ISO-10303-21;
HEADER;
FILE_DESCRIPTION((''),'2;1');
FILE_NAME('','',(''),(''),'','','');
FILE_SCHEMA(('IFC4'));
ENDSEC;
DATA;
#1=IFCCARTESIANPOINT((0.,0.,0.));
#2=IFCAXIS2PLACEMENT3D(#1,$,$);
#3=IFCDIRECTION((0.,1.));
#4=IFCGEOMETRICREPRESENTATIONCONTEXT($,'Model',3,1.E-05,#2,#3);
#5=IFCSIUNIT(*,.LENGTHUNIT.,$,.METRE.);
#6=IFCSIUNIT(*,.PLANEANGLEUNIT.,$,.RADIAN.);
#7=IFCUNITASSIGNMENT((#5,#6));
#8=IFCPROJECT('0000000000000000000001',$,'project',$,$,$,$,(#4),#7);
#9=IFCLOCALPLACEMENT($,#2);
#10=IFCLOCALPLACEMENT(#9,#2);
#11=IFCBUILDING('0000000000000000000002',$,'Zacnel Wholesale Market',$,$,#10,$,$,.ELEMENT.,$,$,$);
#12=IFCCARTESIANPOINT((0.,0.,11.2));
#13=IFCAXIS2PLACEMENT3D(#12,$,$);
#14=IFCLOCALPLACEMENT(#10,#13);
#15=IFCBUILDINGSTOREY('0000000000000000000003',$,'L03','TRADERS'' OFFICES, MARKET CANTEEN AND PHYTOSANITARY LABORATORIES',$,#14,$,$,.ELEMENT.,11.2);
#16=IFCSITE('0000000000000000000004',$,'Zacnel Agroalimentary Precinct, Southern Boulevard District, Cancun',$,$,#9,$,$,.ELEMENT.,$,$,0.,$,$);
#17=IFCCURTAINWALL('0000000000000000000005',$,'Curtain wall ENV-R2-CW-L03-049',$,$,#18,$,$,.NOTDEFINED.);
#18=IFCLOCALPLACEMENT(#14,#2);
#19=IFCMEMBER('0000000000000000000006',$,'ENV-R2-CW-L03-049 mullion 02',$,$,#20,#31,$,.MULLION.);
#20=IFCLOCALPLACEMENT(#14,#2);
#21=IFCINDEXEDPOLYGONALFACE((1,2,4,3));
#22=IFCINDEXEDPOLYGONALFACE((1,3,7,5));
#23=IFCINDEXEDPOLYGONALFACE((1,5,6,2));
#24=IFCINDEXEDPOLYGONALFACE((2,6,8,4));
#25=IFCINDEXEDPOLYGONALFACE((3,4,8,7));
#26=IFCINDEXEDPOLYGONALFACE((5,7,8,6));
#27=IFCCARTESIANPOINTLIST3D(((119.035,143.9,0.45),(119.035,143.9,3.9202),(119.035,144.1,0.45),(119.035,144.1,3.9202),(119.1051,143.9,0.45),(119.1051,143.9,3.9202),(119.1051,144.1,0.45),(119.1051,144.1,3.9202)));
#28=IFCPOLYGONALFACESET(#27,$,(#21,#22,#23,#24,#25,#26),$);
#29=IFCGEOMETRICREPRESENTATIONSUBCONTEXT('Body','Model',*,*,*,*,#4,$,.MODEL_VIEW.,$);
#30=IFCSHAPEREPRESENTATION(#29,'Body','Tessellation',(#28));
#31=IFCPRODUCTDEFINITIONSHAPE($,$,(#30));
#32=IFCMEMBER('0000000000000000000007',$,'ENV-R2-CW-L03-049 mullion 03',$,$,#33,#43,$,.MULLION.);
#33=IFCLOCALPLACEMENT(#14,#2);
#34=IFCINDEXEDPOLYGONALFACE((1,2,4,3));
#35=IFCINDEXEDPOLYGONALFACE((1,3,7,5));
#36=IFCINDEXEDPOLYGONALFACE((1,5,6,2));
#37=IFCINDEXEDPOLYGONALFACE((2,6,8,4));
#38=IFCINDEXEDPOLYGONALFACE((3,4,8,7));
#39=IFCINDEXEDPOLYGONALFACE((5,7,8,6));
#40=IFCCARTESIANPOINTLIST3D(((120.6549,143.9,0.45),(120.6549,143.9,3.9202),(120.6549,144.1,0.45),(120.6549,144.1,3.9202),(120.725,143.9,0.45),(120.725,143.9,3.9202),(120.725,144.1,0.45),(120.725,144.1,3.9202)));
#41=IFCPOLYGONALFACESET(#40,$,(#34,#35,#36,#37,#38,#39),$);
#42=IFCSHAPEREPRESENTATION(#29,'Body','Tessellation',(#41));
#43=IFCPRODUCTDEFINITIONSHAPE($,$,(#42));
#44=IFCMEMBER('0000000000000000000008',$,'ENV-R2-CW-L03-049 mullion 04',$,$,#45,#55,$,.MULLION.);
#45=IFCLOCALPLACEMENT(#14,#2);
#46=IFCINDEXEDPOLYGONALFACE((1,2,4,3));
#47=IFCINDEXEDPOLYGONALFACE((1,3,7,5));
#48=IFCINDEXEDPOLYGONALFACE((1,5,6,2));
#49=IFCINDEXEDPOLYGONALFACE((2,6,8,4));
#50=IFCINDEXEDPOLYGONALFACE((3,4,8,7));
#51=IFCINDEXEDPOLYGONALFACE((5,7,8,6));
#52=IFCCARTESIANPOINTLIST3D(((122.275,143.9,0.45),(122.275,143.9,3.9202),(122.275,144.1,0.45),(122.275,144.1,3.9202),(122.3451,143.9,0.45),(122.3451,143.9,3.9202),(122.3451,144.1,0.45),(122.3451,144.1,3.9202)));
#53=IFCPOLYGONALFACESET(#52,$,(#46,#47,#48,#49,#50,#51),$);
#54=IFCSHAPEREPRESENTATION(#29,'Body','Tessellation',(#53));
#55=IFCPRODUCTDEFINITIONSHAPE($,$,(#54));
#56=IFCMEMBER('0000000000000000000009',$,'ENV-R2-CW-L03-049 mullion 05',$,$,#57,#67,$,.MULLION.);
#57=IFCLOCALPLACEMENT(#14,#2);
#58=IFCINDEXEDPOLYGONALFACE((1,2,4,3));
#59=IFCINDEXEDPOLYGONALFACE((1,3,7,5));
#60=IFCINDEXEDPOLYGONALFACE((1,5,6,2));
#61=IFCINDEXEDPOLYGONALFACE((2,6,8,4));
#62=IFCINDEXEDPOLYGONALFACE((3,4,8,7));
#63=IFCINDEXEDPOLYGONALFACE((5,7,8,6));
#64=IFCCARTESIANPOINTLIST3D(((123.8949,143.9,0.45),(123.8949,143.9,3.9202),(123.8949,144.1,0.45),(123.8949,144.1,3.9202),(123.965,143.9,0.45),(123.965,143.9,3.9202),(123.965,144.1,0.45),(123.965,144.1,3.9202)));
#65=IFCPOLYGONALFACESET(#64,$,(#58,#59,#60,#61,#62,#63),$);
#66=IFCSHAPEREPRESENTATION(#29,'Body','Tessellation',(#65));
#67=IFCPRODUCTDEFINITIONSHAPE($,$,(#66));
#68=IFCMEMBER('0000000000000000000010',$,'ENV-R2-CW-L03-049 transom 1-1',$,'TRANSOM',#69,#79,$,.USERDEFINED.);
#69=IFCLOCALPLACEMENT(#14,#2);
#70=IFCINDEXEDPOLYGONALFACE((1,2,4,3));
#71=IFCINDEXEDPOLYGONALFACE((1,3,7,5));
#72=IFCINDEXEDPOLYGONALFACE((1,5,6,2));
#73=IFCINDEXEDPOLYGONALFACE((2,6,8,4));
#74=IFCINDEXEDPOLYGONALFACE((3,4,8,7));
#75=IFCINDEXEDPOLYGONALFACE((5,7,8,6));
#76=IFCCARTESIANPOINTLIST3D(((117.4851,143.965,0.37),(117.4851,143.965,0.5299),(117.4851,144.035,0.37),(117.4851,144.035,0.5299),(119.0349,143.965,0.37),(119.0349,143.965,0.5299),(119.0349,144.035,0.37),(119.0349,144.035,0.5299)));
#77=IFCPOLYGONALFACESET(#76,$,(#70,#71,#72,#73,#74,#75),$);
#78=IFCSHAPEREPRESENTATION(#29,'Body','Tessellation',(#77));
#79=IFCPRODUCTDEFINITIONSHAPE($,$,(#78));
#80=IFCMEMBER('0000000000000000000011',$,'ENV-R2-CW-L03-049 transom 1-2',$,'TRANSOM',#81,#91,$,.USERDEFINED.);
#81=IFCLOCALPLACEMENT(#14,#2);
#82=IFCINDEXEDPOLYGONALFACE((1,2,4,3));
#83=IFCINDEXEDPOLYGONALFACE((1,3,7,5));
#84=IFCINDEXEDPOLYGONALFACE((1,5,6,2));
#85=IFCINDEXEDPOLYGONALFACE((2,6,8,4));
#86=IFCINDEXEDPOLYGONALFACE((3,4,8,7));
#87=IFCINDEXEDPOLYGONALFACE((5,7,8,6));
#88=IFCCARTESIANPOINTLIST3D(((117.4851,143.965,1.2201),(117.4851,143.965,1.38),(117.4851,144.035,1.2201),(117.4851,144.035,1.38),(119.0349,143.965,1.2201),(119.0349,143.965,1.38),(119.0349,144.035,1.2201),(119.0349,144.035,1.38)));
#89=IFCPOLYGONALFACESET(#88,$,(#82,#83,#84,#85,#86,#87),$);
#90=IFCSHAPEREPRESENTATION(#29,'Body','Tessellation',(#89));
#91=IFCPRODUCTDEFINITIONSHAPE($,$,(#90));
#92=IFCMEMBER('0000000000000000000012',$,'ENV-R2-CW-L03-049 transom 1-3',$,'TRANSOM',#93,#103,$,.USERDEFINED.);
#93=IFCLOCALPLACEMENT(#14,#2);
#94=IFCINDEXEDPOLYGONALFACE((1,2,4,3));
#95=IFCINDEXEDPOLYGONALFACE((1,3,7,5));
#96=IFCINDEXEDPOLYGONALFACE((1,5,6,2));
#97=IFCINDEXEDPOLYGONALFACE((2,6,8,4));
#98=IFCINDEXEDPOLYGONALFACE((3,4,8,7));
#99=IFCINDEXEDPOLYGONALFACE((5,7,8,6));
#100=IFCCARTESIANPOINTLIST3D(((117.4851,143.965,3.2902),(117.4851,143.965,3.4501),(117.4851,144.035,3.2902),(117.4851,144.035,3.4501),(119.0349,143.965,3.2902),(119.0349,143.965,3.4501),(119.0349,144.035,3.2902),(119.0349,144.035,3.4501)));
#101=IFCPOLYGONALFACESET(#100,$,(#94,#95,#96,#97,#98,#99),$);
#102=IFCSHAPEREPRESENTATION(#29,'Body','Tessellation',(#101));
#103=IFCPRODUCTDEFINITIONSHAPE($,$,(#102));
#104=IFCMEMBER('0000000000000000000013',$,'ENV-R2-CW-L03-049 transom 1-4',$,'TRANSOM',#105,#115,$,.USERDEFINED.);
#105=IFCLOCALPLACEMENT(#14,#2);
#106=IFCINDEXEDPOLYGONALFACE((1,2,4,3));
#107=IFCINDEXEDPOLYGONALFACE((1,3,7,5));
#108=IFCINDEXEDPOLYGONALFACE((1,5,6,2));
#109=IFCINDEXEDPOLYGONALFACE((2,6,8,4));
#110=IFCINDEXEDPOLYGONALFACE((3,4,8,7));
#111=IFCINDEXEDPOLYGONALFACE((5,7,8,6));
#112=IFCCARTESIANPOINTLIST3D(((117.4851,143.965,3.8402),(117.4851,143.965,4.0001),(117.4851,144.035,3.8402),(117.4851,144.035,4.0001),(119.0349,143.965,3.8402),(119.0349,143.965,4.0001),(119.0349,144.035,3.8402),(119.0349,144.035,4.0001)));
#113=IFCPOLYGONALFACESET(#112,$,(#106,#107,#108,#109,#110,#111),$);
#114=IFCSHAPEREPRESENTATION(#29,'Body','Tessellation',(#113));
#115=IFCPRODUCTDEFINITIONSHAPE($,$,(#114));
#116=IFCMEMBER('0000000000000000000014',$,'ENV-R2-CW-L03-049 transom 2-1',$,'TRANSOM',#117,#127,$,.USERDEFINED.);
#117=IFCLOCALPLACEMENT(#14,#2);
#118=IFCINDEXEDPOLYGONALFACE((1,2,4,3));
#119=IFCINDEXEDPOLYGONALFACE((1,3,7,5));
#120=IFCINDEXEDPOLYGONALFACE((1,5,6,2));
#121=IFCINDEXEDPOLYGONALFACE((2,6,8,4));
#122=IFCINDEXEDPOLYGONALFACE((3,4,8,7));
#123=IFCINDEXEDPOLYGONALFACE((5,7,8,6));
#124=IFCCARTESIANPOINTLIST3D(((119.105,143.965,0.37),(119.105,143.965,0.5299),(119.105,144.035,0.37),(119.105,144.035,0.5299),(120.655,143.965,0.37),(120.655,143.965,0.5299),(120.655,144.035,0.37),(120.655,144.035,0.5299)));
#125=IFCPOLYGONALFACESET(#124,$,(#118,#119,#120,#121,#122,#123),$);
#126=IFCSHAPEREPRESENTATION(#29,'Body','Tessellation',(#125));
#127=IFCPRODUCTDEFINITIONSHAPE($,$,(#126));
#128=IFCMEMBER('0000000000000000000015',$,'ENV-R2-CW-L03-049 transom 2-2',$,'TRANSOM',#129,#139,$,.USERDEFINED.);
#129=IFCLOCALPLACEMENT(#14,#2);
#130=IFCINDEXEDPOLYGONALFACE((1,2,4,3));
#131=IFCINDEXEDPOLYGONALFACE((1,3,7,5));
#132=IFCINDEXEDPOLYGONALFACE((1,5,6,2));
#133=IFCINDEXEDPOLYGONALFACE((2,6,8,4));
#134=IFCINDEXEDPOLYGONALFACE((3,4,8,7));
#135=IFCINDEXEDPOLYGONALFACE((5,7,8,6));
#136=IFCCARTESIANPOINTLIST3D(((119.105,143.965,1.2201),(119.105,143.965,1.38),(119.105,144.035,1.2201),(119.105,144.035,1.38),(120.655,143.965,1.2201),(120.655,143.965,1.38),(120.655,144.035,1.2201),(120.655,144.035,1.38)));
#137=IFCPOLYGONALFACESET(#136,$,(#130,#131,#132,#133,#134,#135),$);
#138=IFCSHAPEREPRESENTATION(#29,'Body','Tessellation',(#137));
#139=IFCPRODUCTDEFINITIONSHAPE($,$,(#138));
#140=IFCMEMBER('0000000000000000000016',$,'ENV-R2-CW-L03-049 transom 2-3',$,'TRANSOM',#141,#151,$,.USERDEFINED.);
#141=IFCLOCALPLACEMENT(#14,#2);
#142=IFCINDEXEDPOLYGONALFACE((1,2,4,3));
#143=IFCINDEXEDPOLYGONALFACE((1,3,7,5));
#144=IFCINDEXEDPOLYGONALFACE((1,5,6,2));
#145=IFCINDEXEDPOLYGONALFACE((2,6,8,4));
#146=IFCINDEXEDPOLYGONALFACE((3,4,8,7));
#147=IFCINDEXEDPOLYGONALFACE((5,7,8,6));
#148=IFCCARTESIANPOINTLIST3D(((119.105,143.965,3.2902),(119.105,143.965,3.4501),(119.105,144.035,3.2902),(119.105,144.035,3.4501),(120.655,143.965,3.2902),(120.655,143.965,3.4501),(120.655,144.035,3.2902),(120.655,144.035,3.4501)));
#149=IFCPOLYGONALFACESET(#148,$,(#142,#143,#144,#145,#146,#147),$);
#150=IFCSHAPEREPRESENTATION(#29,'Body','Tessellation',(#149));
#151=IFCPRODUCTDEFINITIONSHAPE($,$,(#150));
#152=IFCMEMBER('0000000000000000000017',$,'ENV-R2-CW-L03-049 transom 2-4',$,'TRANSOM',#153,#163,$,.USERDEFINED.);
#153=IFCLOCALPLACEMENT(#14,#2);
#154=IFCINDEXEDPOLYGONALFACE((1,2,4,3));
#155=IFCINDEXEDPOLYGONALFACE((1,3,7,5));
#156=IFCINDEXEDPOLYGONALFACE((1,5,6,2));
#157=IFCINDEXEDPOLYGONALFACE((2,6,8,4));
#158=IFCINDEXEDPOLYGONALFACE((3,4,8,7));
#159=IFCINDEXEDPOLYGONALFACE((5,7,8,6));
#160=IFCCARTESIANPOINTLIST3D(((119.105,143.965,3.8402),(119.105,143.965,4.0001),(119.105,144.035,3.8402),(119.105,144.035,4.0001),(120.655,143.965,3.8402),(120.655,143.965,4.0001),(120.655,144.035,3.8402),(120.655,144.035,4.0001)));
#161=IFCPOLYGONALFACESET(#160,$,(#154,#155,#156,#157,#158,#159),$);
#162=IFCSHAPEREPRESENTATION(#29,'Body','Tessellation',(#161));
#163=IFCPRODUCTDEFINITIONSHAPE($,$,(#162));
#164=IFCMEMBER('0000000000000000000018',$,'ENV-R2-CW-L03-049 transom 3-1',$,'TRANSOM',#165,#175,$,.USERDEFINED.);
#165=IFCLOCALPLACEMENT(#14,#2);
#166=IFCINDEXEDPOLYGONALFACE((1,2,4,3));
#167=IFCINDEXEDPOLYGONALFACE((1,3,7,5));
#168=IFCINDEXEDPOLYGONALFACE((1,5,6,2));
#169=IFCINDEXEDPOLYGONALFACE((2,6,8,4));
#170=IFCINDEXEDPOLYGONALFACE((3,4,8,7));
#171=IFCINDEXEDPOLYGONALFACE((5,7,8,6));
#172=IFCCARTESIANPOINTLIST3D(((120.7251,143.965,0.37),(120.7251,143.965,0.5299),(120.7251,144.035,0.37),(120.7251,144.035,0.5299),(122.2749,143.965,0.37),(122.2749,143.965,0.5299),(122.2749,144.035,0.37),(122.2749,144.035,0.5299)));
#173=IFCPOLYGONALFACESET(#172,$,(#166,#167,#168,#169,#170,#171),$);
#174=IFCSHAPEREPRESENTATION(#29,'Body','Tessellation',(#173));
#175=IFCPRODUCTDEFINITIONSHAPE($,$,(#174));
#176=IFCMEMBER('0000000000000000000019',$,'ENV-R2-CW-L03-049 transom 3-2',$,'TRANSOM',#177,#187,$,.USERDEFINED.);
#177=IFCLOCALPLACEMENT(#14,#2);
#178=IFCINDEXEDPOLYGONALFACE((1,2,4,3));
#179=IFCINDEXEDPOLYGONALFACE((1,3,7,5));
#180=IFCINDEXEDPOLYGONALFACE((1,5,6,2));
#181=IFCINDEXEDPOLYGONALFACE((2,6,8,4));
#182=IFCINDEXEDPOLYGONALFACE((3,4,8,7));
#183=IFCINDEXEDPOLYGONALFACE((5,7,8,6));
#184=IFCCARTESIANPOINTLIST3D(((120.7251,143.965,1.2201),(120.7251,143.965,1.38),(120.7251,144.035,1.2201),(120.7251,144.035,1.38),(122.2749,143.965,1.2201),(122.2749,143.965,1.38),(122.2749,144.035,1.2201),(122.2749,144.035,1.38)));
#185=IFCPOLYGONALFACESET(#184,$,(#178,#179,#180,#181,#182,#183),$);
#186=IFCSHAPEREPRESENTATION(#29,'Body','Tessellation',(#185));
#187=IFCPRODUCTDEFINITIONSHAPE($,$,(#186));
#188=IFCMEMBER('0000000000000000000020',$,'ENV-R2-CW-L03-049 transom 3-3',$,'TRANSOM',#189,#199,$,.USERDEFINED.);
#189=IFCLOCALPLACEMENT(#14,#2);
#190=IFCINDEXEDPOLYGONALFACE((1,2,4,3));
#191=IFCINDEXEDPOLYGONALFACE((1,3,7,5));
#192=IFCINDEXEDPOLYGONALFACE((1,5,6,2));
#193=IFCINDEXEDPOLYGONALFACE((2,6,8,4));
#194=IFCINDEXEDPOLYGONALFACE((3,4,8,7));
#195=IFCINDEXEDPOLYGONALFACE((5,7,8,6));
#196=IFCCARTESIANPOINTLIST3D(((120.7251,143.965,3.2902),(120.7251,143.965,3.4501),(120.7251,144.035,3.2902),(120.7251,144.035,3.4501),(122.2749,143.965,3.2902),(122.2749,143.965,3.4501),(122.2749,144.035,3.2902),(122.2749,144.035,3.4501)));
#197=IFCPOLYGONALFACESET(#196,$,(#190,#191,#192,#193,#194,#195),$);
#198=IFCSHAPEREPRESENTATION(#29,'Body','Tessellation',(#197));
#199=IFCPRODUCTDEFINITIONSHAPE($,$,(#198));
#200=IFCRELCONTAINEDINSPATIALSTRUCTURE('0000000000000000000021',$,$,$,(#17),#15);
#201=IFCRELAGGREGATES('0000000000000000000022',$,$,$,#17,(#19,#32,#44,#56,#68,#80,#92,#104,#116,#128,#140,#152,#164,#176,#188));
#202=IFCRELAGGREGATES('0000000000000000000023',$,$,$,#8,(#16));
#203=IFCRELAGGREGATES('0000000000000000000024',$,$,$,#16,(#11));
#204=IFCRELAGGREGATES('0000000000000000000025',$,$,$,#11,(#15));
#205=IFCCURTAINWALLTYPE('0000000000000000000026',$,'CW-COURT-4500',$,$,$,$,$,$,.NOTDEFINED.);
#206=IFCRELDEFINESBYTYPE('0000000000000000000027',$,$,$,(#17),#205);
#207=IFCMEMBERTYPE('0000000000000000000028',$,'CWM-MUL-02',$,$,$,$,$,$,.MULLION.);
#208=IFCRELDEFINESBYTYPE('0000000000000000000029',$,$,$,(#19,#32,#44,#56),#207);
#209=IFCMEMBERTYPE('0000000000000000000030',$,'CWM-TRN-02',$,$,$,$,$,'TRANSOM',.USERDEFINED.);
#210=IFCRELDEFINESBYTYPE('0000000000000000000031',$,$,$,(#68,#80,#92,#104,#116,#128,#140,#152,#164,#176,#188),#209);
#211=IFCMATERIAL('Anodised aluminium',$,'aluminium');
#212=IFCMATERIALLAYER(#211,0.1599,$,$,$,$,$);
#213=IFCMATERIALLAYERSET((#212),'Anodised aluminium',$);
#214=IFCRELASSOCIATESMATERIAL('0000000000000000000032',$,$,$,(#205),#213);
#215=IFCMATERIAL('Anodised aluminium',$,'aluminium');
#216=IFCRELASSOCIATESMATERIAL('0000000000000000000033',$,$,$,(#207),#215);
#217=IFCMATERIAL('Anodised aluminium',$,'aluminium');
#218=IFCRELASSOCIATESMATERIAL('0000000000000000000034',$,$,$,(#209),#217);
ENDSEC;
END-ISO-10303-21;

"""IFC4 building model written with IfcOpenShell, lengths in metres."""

from ifc_helpers import new_model, si_unit, direction, frame, origin, origin_2d, place, context, subcontext, project, spatial, rectangle, extrude, material, layer, layer_set, material_profile, profile_set, type_object, element, aggregate, save


model = new_model("IFC4")

# Units and contexts
model_context = context("Model", 3, precision=1e-05, world=origin(), true_north=direction((0.0, 1.0)))
body_context = subcontext(model_context, "Body", "Model", "MODEL_VIEW")
ifc_project = project(units=[si_unit("LENGTHUNIT", "METRE"), si_unit("PLANEANGLEUNIT", "RADIAN")], contexts=[model_context])

# Site, building, storey
site_placement = place(None, origin())
site = spatial("IfcSite", under=ifc_project, at=site_placement, Name="Zacnel Agroalimentary Precinct, Southern Boulevard District, Cancun", CompositionType="ELEMENT", RefElevation=0.0)
building_placement = place(site_placement, origin())
building = spatial("IfcBuilding", under=site, at=building_placement, Name="Zacnel Wholesale Market", CompositionType="ELEMENT")
storey_placement = place(building_placement, frame((0.0, 0.0, 11.2)))
storey = spatial("IfcBuildingStorey", under=building, at=storey_placement, Name="L03", Description="TRADERS' OFFICES, MARKET CANTEEN AND PHYTOSANITARY LABORATORIES", CompositionType="ELEMENT", Elevation=11.2)

# Curtain wall, members
ifc_material_1 = material(Name="Anodised aluminium", Category="aluminium")
ifc_layer_1 = layer(ifc_material_1, 0.1599)
ifc_layer_set_1 = layer_set([ifc_layer_1], Name="Anodised aluminium")
curtain_wall_type = type_object("IfcCurtainWallType", Name="CW-COURT-4500", PredefinedType="NOTDEFINED", material=ifc_layer_set_1)
curtain_wall_placement = place(storey_placement, origin())
curtain_wall = element("IfcCurtainWall", 1, at=curtain_wall_placement, inside=storey, type_object=curtain_wall_type, Name="Curtain wall ENV-R2-CW-L03-049", PredefinedType="NOTDEFINED")
ifc_material_2 = material(Name="Anodised aluminium", Category="aluminium")
ifc_material_profile_1 = material_profile(ifc_material_2, rectangle(XDim=0.0701, YDim=0.2, at=origin_2d()), Name="AW-MULLION 70x200")
ifc_profile_set_1 = profile_set([ifc_material_profile_1], Name="Anodised aluminium")
member_type_1 = type_object("IfcMemberType", Name="CWM-MUL-02", PredefinedType="MULLION", material=ifc_profile_set_1)
member_1_placement = place(storey_placement, frame((119.0701, 144.0, 0.45), z_axis=(0.0, 0.0, 1.0), x_axis=(1.0, 0.0, 0.0)))
member_1 = element("IfcMember", 2, at=member_1_placement, type_object=member_type_1, Name="ENV-R2-CW-L03-049 mullion 02", PredefinedType="MULLION", context=body_context, shape_type="SweptSolid", body=[
    extrude(rectangle(XDim=0.0701, YDim=0.2, at=origin_2d()), origin(), (0.0, 0.0, 1.0), 3.4702),
])
member_2_placement = place(storey_placement, frame((120.6899, 144.0, 0.45), z_axis=(0.0, 0.0, 1.0), x_axis=(1.0, 0.0, 0.0)))
member_2 = element("IfcMember", 3, at=member_2_placement, type_object=member_type_1, Name="ENV-R2-CW-L03-049 mullion 03", PredefinedType="MULLION", context=body_context, shape_type="SweptSolid", body=[
    extrude(rectangle(XDim=0.0701, YDim=0.2, at=origin_2d()), origin(), (0.0, 0.0, 1.0), 3.4702),
])
member_3_placement = place(storey_placement, frame((122.3101, 144.0, 0.45), z_axis=(0.0, 0.0, 1.0), x_axis=(1.0, 0.0, 0.0)))
member_3 = element("IfcMember", 4, at=member_3_placement, type_object=member_type_1, Name="ENV-R2-CW-L03-049 mullion 04", PredefinedType="MULLION", context=body_context, shape_type="SweptSolid", body=[
    extrude(rectangle(XDim=0.0701, YDim=0.2, at=origin_2d()), origin(), (0.0, 0.0, 1.0), 3.4702),
])
member_4_placement = place(storey_placement, frame((123.9299, 144.0, 0.45), z_axis=(0.0, 0.0, 1.0), x_axis=(1.0, 0.0, 0.0)))
member_4 = element("IfcMember", 5, at=member_4_placement, type_object=member_type_1, Name="ENV-R2-CW-L03-049 mullion 05", PredefinedType="MULLION", context=body_context, shape_type="SweptSolid", body=[
    extrude(rectangle(XDim=0.0701, YDim=0.2, at=origin_2d()), origin(), (0.0, 0.0, 1.0), 3.4702),
])
ifc_material_3 = material(Name="Anodised aluminium", Category="aluminium")
ifc_material_profile_2 = material_profile(ifc_material_3, rectangle(XDim=0.0701, YDim=0.1599, at=origin_2d()), Name="AW-TRANSOM 70x160")
ifc_profile_set_2 = profile_set([ifc_material_profile_2], Name="Anodised aluminium")
member_type_2 = type_object("IfcMemberType", Name="CWM-TRN-02", ElementType="TRANSOM", PredefinedType="USERDEFINED", material=ifc_profile_set_2)
member_5_placement = place(storey_placement, frame((117.4851, 144.0, 0.45), z_axis=(1.0, 0.0, 0.0), x_axis=(0.0, 1.0, 0.0)))
member_5 = element("IfcMember", 6, at=member_5_placement, type_object=member_type_2, Name="ENV-R2-CW-L03-049 transom 1-1", ObjectType="TRANSOM", PredefinedType="USERDEFINED", context=body_context, shape_type="SweptSolid", body=[
    extrude(rectangle(XDim=0.0701, YDim=0.1599, at=origin_2d()), origin(), (0.0, 0.0, 1.0), 1.5498),
])
member_6_placement = place(storey_placement, frame((117.4851, 144.0, 1.3), z_axis=(1.0, 0.0, 0.0), x_axis=(0.0, 1.0, 0.0)))
member_6 = element("IfcMember", 7, at=member_6_placement, type_object=member_type_2, Name="ENV-R2-CW-L03-049 transom 1-2", ObjectType="TRANSOM", PredefinedType="USERDEFINED", context=body_context, shape_type="SweptSolid", body=[
    extrude(rectangle(XDim=0.0701, YDim=0.1599, at=origin_2d()), origin(), (0.0, 0.0, 1.0), 1.5498),
])
member_7_placement = place(storey_placement, frame((117.4851, 144.0, 3.3701), z_axis=(1.0, 0.0, 0.0), x_axis=(0.0, 1.0, 0.0)))
member_7 = element("IfcMember", 8, at=member_7_placement, type_object=member_type_2, Name="ENV-R2-CW-L03-049 transom 1-3", ObjectType="TRANSOM", PredefinedType="USERDEFINED", context=body_context, shape_type="SweptSolid", body=[
    extrude(rectangle(XDim=0.0701, YDim=0.1599, at=origin_2d()), origin(), (0.0, 0.0, 1.0), 1.5498),
])
member_8_placement = place(storey_placement, frame((117.4851, 144.0, 3.9202), z_axis=(1.0, 0.0, 0.0), x_axis=(0.0, 1.0, 0.0)))
member_8 = element("IfcMember", 9, at=member_8_placement, type_object=member_type_2, Name="ENV-R2-CW-L03-049 transom 1-4", ObjectType="TRANSOM", PredefinedType="USERDEFINED", context=body_context, shape_type="SweptSolid", body=[
    extrude(rectangle(XDim=0.0701, YDim=0.1599, at=origin_2d()), origin(), (0.0, 0.0, 1.0), 1.5498),
])
member_9_placement = place(storey_placement, frame((119.105, 144.0, 0.45), z_axis=(1.0, 0.0, 0.0), x_axis=(0.0, 1.0, 0.0)))
member_9 = element("IfcMember", 10, at=member_9_placement, type_object=member_type_2, Name="ENV-R2-CW-L03-049 transom 2-1", ObjectType="TRANSOM", PredefinedType="USERDEFINED", context=body_context, shape_type="SweptSolid", body=[
    extrude(rectangle(XDim=0.0701, YDim=0.1599, at=origin_2d()), origin(), (0.0, 0.0, 1.0), 1.55),
])
member_10_placement = place(storey_placement, frame((119.105, 144.0, 1.3), z_axis=(1.0, 0.0, 0.0), x_axis=(0.0, 1.0, 0.0)))
member_10 = element("IfcMember", 11, at=member_10_placement, type_object=member_type_2, Name="ENV-R2-CW-L03-049 transom 2-2", ObjectType="TRANSOM", PredefinedType="USERDEFINED", context=body_context, shape_type="SweptSolid", body=[
    extrude(rectangle(XDim=0.0701, YDim=0.1599, at=origin_2d()), origin(), (0.0, 0.0, 1.0), 1.55),
])
member_11_placement = place(storey_placement, frame((119.105, 144.0, 3.3701), z_axis=(1.0, 0.0, 0.0), x_axis=(0.0, 1.0, 0.0)))
member_11 = element("IfcMember", 12, at=member_11_placement, type_object=member_type_2, Name="ENV-R2-CW-L03-049 transom 2-3", ObjectType="TRANSOM", PredefinedType="USERDEFINED", context=body_context, shape_type="SweptSolid", body=[
    extrude(rectangle(XDim=0.0701, YDim=0.1599, at=origin_2d()), origin(), (0.0, 0.0, 1.0), 1.55),
])
member_12_placement = place(storey_placement, frame((119.105, 144.0, 3.9202), z_axis=(1.0, 0.0, 0.0), x_axis=(0.0, 1.0, 0.0)))
member_12 = element("IfcMember", 13, at=member_12_placement, type_object=member_type_2, Name="ENV-R2-CW-L03-049 transom 2-4", ObjectType="TRANSOM", PredefinedType="USERDEFINED", context=body_context, shape_type="SweptSolid", body=[
    extrude(rectangle(XDim=0.0701, YDim=0.1599, at=origin_2d()), origin(), (0.0, 0.0, 1.0), 1.55),
])
member_13_placement = place(storey_placement, frame((120.7251, 144.0, 0.45), z_axis=(1.0, 0.0, 0.0), x_axis=(0.0, 1.0, 0.0)))
member_13 = element("IfcMember", 14, at=member_13_placement, type_object=member_type_2, Name="ENV-R2-CW-L03-049 transom 3-1", ObjectType="TRANSOM", PredefinedType="USERDEFINED", context=body_context, shape_type="SweptSolid", body=[
    extrude(rectangle(XDim=0.0701, YDim=0.1599, at=origin_2d()), origin(), (0.0, 0.0, 1.0), 1.5498),
])
member_14_placement = place(storey_placement, frame((120.7251, 144.0, 1.3), z_axis=(1.0, 0.0, 0.0), x_axis=(0.0, 1.0, 0.0)))
member_14 = element("IfcMember", 15, at=member_14_placement, type_object=member_type_2, Name="ENV-R2-CW-L03-049 transom 3-2", ObjectType="TRANSOM", PredefinedType="USERDEFINED", context=body_context, shape_type="SweptSolid", body=[
    extrude(rectangle(XDim=0.0701, YDim=0.1599, at=origin_2d()), origin(), (0.0, 0.0, 1.0), 1.5498),
])
member_15_placement = place(storey_placement, frame((120.7251, 144.0, 3.3701), z_axis=(1.0, 0.0, 0.0), x_axis=(0.0, 1.0, 0.0)))
member_15 = element("IfcMember", 16, at=member_15_placement, type_object=member_type_2, Name="ENV-R2-CW-L03-049 transom 3-3", ObjectType="TRANSOM", PredefinedType="USERDEFINED", context=body_context, shape_type="SweptSolid", body=[
    extrude(rectangle(XDim=0.0701, YDim=0.1599, at=origin_2d()), origin(), (0.0, 0.0, 1.0), 1.5498),
])
aggregate(curtain_wall, [member_1, member_2, member_3, member_4, member_5, member_6, member_7, member_8, member_9, member_10, member_11, member_12, member_13, member_14, member_15])

save(model, "model.ifc")
